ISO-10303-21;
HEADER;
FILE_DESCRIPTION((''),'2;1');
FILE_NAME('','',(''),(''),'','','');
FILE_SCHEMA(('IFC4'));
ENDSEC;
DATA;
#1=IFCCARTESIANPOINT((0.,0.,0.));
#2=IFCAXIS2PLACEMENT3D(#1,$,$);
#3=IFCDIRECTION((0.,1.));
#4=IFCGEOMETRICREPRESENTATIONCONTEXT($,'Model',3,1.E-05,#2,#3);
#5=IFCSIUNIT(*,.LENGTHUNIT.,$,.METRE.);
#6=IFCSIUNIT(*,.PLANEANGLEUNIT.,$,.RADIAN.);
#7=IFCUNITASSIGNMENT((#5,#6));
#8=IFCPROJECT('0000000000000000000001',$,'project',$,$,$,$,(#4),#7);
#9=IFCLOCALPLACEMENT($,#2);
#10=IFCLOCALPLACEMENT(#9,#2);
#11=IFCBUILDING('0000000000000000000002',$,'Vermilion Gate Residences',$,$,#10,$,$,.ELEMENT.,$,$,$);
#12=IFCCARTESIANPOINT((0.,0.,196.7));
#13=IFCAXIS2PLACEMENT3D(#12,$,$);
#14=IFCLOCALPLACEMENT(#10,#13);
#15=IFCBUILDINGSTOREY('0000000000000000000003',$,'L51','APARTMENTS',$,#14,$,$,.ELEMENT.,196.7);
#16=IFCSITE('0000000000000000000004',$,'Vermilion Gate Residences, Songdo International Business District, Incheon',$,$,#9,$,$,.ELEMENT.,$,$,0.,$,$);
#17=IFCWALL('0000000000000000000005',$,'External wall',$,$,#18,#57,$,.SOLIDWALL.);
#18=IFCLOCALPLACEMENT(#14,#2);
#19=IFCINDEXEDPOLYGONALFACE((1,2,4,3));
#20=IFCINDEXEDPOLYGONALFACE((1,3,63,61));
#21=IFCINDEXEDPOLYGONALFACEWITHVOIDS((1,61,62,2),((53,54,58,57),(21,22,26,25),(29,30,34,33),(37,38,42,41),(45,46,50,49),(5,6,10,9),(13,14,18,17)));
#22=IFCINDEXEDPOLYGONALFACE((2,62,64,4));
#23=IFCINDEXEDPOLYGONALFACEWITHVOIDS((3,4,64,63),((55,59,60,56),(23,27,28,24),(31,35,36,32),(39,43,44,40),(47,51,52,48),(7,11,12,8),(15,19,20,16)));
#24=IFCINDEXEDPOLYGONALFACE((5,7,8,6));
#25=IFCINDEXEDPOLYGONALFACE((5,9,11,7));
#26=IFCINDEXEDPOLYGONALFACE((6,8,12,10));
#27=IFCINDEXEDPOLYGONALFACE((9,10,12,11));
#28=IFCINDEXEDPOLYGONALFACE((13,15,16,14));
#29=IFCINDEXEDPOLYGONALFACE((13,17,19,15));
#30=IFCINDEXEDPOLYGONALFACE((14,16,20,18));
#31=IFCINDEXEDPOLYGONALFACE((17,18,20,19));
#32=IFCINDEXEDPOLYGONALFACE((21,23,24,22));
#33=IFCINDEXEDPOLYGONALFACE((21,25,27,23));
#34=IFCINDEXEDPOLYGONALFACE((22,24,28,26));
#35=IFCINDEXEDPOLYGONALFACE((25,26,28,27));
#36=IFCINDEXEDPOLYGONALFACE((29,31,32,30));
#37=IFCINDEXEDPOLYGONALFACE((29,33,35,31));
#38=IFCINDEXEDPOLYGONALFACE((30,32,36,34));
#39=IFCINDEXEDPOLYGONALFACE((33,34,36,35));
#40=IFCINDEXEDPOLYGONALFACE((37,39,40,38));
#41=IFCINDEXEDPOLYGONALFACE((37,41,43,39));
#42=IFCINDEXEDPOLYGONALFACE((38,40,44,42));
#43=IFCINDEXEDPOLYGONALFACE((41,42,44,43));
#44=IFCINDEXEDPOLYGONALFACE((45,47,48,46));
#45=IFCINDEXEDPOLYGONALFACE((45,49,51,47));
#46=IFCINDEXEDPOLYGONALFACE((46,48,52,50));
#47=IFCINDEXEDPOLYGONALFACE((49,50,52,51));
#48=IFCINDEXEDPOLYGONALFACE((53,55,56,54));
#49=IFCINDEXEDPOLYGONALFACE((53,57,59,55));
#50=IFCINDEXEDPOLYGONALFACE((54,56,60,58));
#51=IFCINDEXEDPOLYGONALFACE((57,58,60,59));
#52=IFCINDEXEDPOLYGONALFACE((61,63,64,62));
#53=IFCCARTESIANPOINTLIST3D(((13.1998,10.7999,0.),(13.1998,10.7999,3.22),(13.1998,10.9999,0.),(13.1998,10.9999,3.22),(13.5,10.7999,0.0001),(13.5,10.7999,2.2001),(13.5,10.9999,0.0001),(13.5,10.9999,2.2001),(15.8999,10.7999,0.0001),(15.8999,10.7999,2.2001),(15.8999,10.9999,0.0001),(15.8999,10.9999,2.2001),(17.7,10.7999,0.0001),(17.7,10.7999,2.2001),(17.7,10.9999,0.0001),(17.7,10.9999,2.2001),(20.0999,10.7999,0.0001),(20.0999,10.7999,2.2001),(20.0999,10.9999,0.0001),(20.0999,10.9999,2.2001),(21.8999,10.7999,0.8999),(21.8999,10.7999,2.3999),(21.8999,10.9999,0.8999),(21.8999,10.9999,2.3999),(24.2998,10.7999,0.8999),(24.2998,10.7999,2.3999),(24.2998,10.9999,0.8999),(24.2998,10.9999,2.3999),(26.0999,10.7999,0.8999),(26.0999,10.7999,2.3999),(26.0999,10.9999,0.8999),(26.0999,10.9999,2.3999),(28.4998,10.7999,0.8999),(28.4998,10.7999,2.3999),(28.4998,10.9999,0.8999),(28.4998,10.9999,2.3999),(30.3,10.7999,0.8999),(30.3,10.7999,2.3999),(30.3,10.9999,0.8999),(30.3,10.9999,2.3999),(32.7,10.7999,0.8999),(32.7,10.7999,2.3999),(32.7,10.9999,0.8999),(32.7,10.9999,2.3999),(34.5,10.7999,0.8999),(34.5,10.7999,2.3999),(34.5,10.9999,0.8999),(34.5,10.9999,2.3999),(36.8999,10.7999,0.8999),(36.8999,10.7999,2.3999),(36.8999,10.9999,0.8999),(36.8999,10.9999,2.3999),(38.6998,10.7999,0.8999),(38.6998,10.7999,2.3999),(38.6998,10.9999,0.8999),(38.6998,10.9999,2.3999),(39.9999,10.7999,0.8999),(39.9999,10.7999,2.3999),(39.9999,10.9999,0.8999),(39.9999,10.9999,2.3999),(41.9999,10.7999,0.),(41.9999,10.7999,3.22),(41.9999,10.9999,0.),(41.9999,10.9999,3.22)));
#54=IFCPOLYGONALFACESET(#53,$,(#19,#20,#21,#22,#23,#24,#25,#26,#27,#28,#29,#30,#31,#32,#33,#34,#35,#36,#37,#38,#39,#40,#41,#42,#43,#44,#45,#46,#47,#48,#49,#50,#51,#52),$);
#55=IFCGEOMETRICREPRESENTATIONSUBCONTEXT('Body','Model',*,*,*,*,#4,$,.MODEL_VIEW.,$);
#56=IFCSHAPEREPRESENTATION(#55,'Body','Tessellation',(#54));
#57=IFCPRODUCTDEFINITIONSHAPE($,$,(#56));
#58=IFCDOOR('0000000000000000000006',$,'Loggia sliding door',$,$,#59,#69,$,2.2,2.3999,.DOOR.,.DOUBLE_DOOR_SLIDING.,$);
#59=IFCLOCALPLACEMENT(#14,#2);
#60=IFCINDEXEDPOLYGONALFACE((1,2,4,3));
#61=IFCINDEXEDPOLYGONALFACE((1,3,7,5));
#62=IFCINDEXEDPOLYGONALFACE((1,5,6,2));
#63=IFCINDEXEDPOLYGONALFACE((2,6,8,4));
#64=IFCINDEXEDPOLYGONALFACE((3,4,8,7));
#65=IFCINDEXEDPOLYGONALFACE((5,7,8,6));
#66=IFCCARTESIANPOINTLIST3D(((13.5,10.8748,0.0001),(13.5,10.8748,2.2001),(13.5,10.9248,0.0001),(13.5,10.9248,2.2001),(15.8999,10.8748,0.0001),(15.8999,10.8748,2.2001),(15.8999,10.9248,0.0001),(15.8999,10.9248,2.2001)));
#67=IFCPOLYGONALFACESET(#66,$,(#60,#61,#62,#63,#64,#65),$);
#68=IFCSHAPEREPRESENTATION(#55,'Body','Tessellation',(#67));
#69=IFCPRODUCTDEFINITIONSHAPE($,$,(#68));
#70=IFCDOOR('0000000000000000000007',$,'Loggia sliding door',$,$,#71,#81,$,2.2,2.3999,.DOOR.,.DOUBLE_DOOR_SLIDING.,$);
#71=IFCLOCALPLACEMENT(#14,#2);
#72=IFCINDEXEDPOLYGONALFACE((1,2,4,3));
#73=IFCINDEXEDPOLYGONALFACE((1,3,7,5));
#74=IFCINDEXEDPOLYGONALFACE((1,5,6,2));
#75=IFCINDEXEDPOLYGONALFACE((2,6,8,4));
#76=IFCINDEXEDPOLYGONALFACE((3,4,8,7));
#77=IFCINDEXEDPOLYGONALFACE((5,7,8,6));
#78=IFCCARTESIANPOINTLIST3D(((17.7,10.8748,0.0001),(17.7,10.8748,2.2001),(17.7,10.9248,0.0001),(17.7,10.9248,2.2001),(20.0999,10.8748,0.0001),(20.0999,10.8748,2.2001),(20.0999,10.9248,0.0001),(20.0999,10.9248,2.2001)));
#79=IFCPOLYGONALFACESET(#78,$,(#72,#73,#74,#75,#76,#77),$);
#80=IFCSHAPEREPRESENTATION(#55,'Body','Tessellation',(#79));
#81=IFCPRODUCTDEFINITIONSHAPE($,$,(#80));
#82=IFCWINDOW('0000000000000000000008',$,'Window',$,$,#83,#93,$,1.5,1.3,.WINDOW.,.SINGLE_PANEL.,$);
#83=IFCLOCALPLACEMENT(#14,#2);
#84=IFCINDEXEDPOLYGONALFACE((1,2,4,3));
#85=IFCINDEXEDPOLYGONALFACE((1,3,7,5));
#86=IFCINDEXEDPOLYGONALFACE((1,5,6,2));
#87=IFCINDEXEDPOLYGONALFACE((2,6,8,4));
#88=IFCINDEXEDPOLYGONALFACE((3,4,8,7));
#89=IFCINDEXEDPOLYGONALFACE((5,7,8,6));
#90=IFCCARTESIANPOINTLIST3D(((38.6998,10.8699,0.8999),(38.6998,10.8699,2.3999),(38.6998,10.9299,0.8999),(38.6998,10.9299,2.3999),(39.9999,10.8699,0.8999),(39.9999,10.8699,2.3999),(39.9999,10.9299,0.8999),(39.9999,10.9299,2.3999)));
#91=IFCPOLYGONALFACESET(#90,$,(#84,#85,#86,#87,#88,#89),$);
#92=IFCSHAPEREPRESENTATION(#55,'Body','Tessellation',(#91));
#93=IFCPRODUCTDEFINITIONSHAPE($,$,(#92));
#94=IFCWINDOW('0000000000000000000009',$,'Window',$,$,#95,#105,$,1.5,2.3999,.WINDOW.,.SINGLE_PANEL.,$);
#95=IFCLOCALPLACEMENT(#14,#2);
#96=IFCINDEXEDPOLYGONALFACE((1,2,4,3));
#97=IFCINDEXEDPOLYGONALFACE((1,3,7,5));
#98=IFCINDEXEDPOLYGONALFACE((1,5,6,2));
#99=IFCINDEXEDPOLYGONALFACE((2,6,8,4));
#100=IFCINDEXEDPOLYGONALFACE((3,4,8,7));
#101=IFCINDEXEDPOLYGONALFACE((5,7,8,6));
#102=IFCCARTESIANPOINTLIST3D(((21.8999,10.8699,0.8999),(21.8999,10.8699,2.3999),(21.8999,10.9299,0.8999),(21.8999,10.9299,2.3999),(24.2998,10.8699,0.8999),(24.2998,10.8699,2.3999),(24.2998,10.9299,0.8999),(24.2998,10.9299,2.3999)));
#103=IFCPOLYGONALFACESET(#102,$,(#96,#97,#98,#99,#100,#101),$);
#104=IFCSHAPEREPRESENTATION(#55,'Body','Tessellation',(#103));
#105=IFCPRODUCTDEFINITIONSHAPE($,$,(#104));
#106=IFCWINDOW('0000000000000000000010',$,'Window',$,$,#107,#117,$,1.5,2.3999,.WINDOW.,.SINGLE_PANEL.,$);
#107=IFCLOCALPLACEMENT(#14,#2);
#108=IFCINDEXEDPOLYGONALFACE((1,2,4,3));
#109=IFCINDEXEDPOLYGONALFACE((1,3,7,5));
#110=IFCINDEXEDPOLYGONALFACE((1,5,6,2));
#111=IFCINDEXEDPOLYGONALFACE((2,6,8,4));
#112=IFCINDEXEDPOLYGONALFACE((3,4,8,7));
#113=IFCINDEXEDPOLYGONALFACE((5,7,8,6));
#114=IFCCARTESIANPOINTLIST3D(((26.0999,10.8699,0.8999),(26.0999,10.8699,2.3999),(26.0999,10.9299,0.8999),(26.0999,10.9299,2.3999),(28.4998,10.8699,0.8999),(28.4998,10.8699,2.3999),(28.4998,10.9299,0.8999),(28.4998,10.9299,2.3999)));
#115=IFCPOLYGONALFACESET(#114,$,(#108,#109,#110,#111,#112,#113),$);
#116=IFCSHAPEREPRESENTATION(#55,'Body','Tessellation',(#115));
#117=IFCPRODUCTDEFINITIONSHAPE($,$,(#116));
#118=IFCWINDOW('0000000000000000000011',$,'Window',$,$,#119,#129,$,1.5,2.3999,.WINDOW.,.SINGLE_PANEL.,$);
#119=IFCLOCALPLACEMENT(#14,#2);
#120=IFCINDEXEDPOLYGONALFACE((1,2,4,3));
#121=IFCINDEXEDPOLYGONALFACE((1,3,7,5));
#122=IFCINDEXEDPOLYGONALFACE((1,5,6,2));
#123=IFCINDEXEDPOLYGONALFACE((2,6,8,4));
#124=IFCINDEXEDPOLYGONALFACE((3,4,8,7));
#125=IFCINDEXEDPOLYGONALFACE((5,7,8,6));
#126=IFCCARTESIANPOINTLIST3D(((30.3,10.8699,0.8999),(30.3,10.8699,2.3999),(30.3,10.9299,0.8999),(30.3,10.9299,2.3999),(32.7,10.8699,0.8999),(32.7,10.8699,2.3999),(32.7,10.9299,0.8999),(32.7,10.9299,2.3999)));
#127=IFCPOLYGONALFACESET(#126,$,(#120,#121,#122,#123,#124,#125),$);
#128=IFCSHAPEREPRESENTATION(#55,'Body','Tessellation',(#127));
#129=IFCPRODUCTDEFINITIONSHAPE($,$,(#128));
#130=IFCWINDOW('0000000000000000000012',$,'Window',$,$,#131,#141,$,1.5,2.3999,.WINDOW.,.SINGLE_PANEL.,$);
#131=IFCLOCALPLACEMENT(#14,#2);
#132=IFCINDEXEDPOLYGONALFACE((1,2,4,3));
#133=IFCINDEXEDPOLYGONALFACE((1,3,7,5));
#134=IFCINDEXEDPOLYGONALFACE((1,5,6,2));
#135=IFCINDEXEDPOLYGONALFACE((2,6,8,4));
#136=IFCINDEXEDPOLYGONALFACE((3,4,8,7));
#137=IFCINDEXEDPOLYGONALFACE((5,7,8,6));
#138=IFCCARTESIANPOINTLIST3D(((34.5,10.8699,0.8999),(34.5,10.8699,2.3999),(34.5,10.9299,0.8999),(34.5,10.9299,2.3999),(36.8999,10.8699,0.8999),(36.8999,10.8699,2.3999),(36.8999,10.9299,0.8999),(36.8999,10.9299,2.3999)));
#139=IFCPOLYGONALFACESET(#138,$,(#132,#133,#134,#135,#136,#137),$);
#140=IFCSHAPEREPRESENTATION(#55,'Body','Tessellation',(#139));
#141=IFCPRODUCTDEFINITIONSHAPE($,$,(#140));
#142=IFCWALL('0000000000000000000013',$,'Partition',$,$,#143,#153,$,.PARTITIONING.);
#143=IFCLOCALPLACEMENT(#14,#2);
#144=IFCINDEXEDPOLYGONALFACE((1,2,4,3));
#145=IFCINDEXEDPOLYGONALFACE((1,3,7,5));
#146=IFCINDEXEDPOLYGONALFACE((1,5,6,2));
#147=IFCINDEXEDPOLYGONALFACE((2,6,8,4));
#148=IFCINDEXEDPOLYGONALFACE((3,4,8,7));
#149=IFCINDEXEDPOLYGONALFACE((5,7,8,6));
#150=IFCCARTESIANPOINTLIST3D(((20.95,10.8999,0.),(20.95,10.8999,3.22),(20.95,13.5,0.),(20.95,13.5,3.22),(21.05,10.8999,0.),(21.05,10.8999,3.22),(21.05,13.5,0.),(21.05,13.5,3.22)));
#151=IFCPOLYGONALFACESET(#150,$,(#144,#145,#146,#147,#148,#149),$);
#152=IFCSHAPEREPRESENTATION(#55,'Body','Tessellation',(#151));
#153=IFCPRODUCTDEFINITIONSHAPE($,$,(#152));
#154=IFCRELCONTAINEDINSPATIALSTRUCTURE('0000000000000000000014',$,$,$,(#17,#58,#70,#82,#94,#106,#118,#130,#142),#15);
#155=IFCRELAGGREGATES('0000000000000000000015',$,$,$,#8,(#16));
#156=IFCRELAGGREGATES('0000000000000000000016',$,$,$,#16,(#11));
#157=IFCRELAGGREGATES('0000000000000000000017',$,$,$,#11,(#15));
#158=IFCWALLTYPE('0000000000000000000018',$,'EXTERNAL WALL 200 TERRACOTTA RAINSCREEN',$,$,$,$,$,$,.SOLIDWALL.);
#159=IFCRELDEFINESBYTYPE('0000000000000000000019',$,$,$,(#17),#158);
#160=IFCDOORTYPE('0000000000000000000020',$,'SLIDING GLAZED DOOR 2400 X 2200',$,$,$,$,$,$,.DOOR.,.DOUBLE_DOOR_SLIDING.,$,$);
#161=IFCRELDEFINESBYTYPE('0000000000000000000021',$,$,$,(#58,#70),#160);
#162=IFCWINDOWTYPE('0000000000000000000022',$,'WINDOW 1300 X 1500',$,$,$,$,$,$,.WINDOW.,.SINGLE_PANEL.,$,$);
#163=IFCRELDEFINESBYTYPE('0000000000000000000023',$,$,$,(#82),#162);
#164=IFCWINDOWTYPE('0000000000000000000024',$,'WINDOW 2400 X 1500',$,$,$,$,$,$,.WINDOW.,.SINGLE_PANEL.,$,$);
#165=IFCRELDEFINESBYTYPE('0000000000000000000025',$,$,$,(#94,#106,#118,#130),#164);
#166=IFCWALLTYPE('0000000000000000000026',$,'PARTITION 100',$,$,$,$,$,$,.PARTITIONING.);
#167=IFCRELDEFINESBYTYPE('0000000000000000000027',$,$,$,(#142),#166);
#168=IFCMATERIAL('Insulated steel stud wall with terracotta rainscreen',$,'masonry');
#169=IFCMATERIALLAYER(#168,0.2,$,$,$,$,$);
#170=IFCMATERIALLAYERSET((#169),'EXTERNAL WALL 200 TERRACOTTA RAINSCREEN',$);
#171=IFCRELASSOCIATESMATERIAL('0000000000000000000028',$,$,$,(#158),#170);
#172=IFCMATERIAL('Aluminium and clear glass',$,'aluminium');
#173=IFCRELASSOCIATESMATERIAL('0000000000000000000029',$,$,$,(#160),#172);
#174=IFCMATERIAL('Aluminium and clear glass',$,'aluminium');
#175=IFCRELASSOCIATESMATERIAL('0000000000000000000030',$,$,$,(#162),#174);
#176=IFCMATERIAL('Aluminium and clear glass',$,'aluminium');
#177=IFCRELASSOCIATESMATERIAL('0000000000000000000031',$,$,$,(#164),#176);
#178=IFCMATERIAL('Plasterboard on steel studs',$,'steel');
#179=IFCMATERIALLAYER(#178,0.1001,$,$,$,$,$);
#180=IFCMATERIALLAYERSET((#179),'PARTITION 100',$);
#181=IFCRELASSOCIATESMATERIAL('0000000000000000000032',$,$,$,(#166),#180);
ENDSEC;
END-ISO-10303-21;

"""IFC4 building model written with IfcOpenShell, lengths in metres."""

from ifc_helpers import new_model, si_unit, direction, frame, frame_2d, origin, place, context, subcontext, project, spatial, rectangle, extrude, material, layer, layer_set, type_object, element, fill, save


model = new_model("IFC4")

# Units and contexts
model_context = context("Model", 3, precision=1e-05, world=origin(), true_north=direction((0.0, 1.0)))
body_context = subcontext(model_context, "Body", "Model", "MODEL_VIEW")
ifc_project = project(units=[si_unit("LENGTHUNIT", "METRE"), si_unit("PLANEANGLEUNIT", "RADIAN")], contexts=[model_context])

# Site, building, storey
site_placement = place(None, origin())
site = spatial("IfcSite", under=ifc_project, at=site_placement, Name="Vermilion Gate Residences, Songdo International Business District, Incheon", CompositionType="ELEMENT", RefElevation=0.0)
building_placement = place(site_placement, origin())
building = spatial("IfcBuilding", under=site, at=building_placement, Name="Vermilion Gate Residences", CompositionType="ELEMENT")
storey_placement = place(building_placement, frame((0.0, 0.0, 196.7)))
storey = spatial("IfcBuildingStorey", under=building, at=storey_placement, Name="L51", Description="APARTMENTS", CompositionType="ELEMENT", Elevation=196.7)

# Shared definitions
ifc_material_1 = material(Name="Insulated steel stud wall with terracotta rainscreen", Category="masonry")
ifc_layer_1 = layer(ifc_material_1, 0.2)
ifc_layer_set_1 = layer_set([ifc_layer_1], Name="EXTERNAL WALL 200 TERRACOTTA RAINSCREEN")
wall_type_1 = type_object("IfcWallType", Name="EXTERNAL WALL 200 TERRACOTTA RAINSCREEN", PredefinedType="SOLIDWALL", material=ifc_layer_set_1)

# Wall, openings, doors, windows
wall_1_placement = place(storey_placement, frame((13.2, 10.8999, 0.0), z_axis=(0.0, 0.0, 1.0), x_axis=(1.0, 0.0, 0.0)))
wall_1 = element("IfcWall", 1, at=wall_1_placement, inside=storey, type_object=wall_type_1, Name="External wall", PredefinedType="SOLIDWALL", context=body_context, shape_type="SweptSolid", body=[
    extrude(rectangle(XDim=28.8, YDim=0.2, at=frame_2d((14.3999, 0.0))), origin(), (0.0, 0.0, 1.0), 3.22),
])
opening_1_placement = place(wall_1_placement, frame((0.3, 0.0, 0.0)))
opening_1 = element("IfcOpeningElement", 2, at=opening_1_placement, cuts=wall_1, PredefinedType="OPENING", context=body_context, shape_type="SweptSolid", body=[
    extrude(rectangle(XDim=2.3999, YDim=2.2, at=frame_2d((1.2, 1.1001))), frame((0.0, 0.1099, 0.0), z_axis=(0.0, -1.0, 0.0), x_axis=(1.0, 0.0, 0.0)), (0.0, 0.0, 1.0), 0.22),
])
opening_2_placement = place(wall_1_placement, frame((4.5, 0.0, 0.0)))
opening_2 = element("IfcOpeningElement", 3, at=opening_2_placement, cuts=wall_1, PredefinedType="OPENING", context=body_context, shape_type="SweptSolid", body=[
    extrude(rectangle(XDim=2.3999, YDim=2.2, at=frame_2d((1.2, 1.1001))), frame((0.0, 0.1099, 0.0), z_axis=(0.0, -1.0, 0.0), x_axis=(1.0, 0.0, 0.0)), (0.0, 0.0, 1.0), 0.22),
])
opening_3_placement = place(wall_1_placement, frame((8.7, 0.0, 0.8999)))
opening_3 = element("IfcOpeningElement", 4, at=opening_3_placement, cuts=wall_1, PredefinedType="OPENING", context=body_context, shape_type="SweptSolid", body=[
    extrude(rectangle(XDim=2.3999, YDim=1.5, at=frame_2d((1.2, 0.75))), frame((0.0, 0.1099, 0.0), z_axis=(0.0, -1.0, 0.0), x_axis=(1.0, 0.0, 0.0)), (0.0, 0.0, 1.0), 0.22),
])
opening_4_placement = place(wall_1_placement, frame((12.8999, 0.0, 0.8999)))
opening_4 = element("IfcOpeningElement", 5, at=opening_4_placement, cuts=wall_1, PredefinedType="OPENING", context=body_context, shape_type="SweptSolid", body=[
    extrude(rectangle(XDim=2.3999, YDim=1.5, at=frame_2d((1.2, 0.75))), frame((0.0, 0.1099, 0.0), z_axis=(0.0, -1.0, 0.0), x_axis=(1.0, 0.0, 0.0)), (0.0, 0.0, 1.0), 0.22),
])
opening_5_placement = place(wall_1_placement, frame((17.1001, 0.0, 0.8999)))
opening_5 = element("IfcOpeningElement", 6, at=opening_5_placement, cuts=wall_1, PredefinedType="OPENING", context=body_context, shape_type="SweptSolid", body=[
    extrude(rectangle(XDim=2.3999, YDim=1.5, at=frame_2d((1.2, 0.75))), frame((0.0, 0.1099, 0.0), z_axis=(0.0, -1.0, 0.0), x_axis=(1.0, 0.0, 0.0)), (0.0, 0.0, 1.0), 0.22),
])
opening_6_placement = place(wall_1_placement, frame((21.3, 0.0, 0.8999)))
opening_6 = element("IfcOpeningElement", 7, at=opening_6_placement, cuts=wall_1, PredefinedType="OPENING", context=body_context, shape_type="SweptSolid", body=[
    extrude(rectangle(XDim=2.3999, YDim=1.5, at=frame_2d((1.2, 0.75))), frame((0.0, 0.1099, 0.0), z_axis=(0.0, -1.0, 0.0), x_axis=(1.0, 0.0, 0.0)), (0.0, 0.0, 1.0), 0.22),
])
opening_7_placement = place(wall_1_placement, frame((25.5, 0.0, 0.8999)))
opening_7 = element("IfcOpeningElement", 8, at=opening_7_placement, cuts=wall_1, PredefinedType="OPENING", context=body_context, shape_type="SweptSolid", body=[
    extrude(rectangle(XDim=1.3, YDim=1.5, at=frame_2d((0.6499, 0.75))), frame((0.0, 0.1099, 0.0), z_axis=(0.0, -1.0, 0.0), x_axis=(1.0, 0.0, 0.0)), (0.0, 0.0, 1.0), 0.22),
])
ifc_material_2 = material(Name="Aluminium and clear glass", Category="aluminium")
door_type_1 = type_object("IfcDoorType", Name="SLIDING GLAZED DOOR 2400 X 2200", OperationType="DOUBLE_DOOR_SLIDING", PredefinedType="DOOR", material=ifc_material_2)
door_1_placement = place(opening_1_placement, origin())
door_1 = element("IfcDoor", 9, at=door_1_placement, inside=storey, type_object=door_type_1, Name="Loggia sliding door", OperationType="DOUBLE_DOOR_SLIDING", OverallHeight=2.2, OverallWidth=2.3999, PredefinedType="DOOR", context=body_context, shape_type="SweptSolid", body=[
    extrude(rectangle(XDim=2.3999, YDim=2.2, at=frame_2d((1.2, 1.1001))), frame((0.0, 0.0249, 0.0), z_axis=(0.0, -1.0, 0.0), x_axis=(1.0, 0.0, 0.0)), (0.0, 0.0, 1.0), 0.05),
])
fill(opening_1, door_1)
door_2_placement = place(opening_2_placement, origin())
door_2 = element("IfcDoor", 10, at=door_2_placement, inside=storey, type_object=door_type_1, Name="Loggia sliding door", OperationType="DOUBLE_DOOR_SLIDING", OverallHeight=2.2, OverallWidth=2.3999, PredefinedType="DOOR", context=body_context, shape_type="SweptSolid", body=[
    extrude(rectangle(XDim=2.3999, YDim=2.2, at=frame_2d((1.2, 1.1001))), frame((0.0, 0.0249, 0.0), z_axis=(0.0, -1.0, 0.0), x_axis=(1.0, 0.0, 0.0)), (0.0, 0.0, 1.0), 0.05),
])
fill(opening_2, door_2)
ifc_material_3 = material(Name="Aluminium and clear glass", Category="aluminium")
window_type_1 = type_object("IfcWindowType", Name="WINDOW 1300 X 1500", PartitioningType="SINGLE_PANEL", PredefinedType="WINDOW", material=ifc_material_3)
window_1_placement = place(opening_7_placement, origin())
window_1 = element("IfcWindow", 11, at=window_1_placement, inside=storey, type_object=window_type_1, Name="Window", OverallHeight=1.5, OverallWidth=1.3, PartitioningType="SINGLE_PANEL", PredefinedType="WINDOW", context=body_context, shape_type="SweptSolid", body=[
    extrude(rectangle(XDim=1.3, YDim=1.5, at=frame_2d((0.6499, 0.75))), frame((0.0, 0.03, 0.0), z_axis=(0.0, -1.0, 0.0), x_axis=(1.0, 0.0, 0.0)), (0.0, 0.0, 1.0), 0.0601),
])
fill(opening_7, window_1)
ifc_material_4 = material(Name="Aluminium and clear glass", Category="aluminium")
window_type_2 = type_object("IfcWindowType", Name="WINDOW 2400 X 1500", PartitioningType="SINGLE_PANEL", PredefinedType="WINDOW", material=ifc_material_4)
window_2_placement = place(opening_3_placement, origin())
window_2 = element("IfcWindow", 12, at=window_2_placement, inside=storey, type_object=window_type_2, Name="Window", OverallHeight=1.5, OverallWidth=2.3999, PartitioningType="SINGLE_PANEL", PredefinedType="WINDOW", context=body_context, shape_type="SweptSolid", body=[
    extrude(rectangle(XDim=2.3999, YDim=1.5, at=frame_2d((1.2, 0.75))), frame((0.0, 0.03, 0.0), z_axis=(0.0, -1.0, 0.0), x_axis=(1.0, 0.0, 0.0)), (0.0, 0.0, 1.0), 0.0601),
])
fill(opening_3, window_2)
window_3_placement = place(opening_4_placement, origin())
window_3 = element("IfcWindow", 13, at=window_3_placement, inside=storey, type_object=window_type_2, Name="Window", OverallHeight=1.5, OverallWidth=2.3999, PartitioningType="SINGLE_PANEL", PredefinedType="WINDOW", context=body_context, shape_type="SweptSolid", body=[
    extrude(rectangle(XDim=2.3999, YDim=1.5, at=frame_2d((1.2, 0.75))), frame((0.0, 0.03, 0.0), z_axis=(0.0, -1.0, 0.0), x_axis=(1.0, 0.0, 0.0)), (0.0, 0.0, 1.0), 0.0601),
])
fill(opening_4, window_3)
window_4_placement = place(opening_5_placement, origin())
window_4 = element("IfcWindow", 14, at=window_4_placement, inside=storey, type_object=window_type_2, Name="Window", OverallHeight=1.5, OverallWidth=2.3999, PartitioningType="SINGLE_PANEL", PredefinedType="WINDOW", context=body_context, shape_type="SweptSolid", body=[
    extrude(rectangle(XDim=2.3999, YDim=1.5, at=frame_2d((1.2, 0.75))), frame((0.0, 0.03, 0.0), z_axis=(0.0, -1.0, 0.0), x_axis=(1.0, 0.0, 0.0)), (0.0, 0.0, 1.0), 0.0601),
])
fill(opening_5, window_4)
window_5_placement = place(opening_6_placement, origin())
window_5 = element("IfcWindow", 15, at=window_5_placement, inside=storey, type_object=window_type_2, Name="Window", OverallHeight=1.5, OverallWidth=2.3999, PartitioningType="SINGLE_PANEL", PredefinedType="WINDOW", context=body_context, shape_type="SweptSolid", body=[
    extrude(rectangle(XDim=2.3999, YDim=1.5, at=frame_2d((1.2, 0.75))), frame((0.0, 0.03, 0.0), z_axis=(0.0, -1.0, 0.0), x_axis=(1.0, 0.0, 0.0)), (0.0, 0.0, 1.0), 0.0601),
])
fill(opening_6, window_5)

# Wall
ifc_material_5 = material(Name="Plasterboard on steel studs", Category="steel")
ifc_layer_2 = layer(ifc_material_5, 0.1001)
ifc_layer_set_2 = layer_set([ifc_layer_2], Name="PARTITION 100")
wall_type_2 = type_object("IfcWallType", Name="PARTITION 100", PredefinedType="PARTITIONING", material=ifc_layer_set_2)
wall_2_placement = place(storey_placement, frame((21.0, 10.8999, 0.0), z_axis=(0.0, 0.0, 1.0), x_axis=(0.0, 1.0, 0.0)))
element("IfcWall", 16, at=wall_2_placement, inside=storey, type_object=wall_type_2, Name="Partition", PredefinedType="PARTITIONING", context=body_context, shape_type="SweptSolid", body=[
    extrude(rectangle(XDim=2.6001, YDim=0.1001, at=frame_2d((1.3, 0.0))), origin(), (0.0, 0.0, 1.0), 3.22),
])

save(model, "model.ifc")
